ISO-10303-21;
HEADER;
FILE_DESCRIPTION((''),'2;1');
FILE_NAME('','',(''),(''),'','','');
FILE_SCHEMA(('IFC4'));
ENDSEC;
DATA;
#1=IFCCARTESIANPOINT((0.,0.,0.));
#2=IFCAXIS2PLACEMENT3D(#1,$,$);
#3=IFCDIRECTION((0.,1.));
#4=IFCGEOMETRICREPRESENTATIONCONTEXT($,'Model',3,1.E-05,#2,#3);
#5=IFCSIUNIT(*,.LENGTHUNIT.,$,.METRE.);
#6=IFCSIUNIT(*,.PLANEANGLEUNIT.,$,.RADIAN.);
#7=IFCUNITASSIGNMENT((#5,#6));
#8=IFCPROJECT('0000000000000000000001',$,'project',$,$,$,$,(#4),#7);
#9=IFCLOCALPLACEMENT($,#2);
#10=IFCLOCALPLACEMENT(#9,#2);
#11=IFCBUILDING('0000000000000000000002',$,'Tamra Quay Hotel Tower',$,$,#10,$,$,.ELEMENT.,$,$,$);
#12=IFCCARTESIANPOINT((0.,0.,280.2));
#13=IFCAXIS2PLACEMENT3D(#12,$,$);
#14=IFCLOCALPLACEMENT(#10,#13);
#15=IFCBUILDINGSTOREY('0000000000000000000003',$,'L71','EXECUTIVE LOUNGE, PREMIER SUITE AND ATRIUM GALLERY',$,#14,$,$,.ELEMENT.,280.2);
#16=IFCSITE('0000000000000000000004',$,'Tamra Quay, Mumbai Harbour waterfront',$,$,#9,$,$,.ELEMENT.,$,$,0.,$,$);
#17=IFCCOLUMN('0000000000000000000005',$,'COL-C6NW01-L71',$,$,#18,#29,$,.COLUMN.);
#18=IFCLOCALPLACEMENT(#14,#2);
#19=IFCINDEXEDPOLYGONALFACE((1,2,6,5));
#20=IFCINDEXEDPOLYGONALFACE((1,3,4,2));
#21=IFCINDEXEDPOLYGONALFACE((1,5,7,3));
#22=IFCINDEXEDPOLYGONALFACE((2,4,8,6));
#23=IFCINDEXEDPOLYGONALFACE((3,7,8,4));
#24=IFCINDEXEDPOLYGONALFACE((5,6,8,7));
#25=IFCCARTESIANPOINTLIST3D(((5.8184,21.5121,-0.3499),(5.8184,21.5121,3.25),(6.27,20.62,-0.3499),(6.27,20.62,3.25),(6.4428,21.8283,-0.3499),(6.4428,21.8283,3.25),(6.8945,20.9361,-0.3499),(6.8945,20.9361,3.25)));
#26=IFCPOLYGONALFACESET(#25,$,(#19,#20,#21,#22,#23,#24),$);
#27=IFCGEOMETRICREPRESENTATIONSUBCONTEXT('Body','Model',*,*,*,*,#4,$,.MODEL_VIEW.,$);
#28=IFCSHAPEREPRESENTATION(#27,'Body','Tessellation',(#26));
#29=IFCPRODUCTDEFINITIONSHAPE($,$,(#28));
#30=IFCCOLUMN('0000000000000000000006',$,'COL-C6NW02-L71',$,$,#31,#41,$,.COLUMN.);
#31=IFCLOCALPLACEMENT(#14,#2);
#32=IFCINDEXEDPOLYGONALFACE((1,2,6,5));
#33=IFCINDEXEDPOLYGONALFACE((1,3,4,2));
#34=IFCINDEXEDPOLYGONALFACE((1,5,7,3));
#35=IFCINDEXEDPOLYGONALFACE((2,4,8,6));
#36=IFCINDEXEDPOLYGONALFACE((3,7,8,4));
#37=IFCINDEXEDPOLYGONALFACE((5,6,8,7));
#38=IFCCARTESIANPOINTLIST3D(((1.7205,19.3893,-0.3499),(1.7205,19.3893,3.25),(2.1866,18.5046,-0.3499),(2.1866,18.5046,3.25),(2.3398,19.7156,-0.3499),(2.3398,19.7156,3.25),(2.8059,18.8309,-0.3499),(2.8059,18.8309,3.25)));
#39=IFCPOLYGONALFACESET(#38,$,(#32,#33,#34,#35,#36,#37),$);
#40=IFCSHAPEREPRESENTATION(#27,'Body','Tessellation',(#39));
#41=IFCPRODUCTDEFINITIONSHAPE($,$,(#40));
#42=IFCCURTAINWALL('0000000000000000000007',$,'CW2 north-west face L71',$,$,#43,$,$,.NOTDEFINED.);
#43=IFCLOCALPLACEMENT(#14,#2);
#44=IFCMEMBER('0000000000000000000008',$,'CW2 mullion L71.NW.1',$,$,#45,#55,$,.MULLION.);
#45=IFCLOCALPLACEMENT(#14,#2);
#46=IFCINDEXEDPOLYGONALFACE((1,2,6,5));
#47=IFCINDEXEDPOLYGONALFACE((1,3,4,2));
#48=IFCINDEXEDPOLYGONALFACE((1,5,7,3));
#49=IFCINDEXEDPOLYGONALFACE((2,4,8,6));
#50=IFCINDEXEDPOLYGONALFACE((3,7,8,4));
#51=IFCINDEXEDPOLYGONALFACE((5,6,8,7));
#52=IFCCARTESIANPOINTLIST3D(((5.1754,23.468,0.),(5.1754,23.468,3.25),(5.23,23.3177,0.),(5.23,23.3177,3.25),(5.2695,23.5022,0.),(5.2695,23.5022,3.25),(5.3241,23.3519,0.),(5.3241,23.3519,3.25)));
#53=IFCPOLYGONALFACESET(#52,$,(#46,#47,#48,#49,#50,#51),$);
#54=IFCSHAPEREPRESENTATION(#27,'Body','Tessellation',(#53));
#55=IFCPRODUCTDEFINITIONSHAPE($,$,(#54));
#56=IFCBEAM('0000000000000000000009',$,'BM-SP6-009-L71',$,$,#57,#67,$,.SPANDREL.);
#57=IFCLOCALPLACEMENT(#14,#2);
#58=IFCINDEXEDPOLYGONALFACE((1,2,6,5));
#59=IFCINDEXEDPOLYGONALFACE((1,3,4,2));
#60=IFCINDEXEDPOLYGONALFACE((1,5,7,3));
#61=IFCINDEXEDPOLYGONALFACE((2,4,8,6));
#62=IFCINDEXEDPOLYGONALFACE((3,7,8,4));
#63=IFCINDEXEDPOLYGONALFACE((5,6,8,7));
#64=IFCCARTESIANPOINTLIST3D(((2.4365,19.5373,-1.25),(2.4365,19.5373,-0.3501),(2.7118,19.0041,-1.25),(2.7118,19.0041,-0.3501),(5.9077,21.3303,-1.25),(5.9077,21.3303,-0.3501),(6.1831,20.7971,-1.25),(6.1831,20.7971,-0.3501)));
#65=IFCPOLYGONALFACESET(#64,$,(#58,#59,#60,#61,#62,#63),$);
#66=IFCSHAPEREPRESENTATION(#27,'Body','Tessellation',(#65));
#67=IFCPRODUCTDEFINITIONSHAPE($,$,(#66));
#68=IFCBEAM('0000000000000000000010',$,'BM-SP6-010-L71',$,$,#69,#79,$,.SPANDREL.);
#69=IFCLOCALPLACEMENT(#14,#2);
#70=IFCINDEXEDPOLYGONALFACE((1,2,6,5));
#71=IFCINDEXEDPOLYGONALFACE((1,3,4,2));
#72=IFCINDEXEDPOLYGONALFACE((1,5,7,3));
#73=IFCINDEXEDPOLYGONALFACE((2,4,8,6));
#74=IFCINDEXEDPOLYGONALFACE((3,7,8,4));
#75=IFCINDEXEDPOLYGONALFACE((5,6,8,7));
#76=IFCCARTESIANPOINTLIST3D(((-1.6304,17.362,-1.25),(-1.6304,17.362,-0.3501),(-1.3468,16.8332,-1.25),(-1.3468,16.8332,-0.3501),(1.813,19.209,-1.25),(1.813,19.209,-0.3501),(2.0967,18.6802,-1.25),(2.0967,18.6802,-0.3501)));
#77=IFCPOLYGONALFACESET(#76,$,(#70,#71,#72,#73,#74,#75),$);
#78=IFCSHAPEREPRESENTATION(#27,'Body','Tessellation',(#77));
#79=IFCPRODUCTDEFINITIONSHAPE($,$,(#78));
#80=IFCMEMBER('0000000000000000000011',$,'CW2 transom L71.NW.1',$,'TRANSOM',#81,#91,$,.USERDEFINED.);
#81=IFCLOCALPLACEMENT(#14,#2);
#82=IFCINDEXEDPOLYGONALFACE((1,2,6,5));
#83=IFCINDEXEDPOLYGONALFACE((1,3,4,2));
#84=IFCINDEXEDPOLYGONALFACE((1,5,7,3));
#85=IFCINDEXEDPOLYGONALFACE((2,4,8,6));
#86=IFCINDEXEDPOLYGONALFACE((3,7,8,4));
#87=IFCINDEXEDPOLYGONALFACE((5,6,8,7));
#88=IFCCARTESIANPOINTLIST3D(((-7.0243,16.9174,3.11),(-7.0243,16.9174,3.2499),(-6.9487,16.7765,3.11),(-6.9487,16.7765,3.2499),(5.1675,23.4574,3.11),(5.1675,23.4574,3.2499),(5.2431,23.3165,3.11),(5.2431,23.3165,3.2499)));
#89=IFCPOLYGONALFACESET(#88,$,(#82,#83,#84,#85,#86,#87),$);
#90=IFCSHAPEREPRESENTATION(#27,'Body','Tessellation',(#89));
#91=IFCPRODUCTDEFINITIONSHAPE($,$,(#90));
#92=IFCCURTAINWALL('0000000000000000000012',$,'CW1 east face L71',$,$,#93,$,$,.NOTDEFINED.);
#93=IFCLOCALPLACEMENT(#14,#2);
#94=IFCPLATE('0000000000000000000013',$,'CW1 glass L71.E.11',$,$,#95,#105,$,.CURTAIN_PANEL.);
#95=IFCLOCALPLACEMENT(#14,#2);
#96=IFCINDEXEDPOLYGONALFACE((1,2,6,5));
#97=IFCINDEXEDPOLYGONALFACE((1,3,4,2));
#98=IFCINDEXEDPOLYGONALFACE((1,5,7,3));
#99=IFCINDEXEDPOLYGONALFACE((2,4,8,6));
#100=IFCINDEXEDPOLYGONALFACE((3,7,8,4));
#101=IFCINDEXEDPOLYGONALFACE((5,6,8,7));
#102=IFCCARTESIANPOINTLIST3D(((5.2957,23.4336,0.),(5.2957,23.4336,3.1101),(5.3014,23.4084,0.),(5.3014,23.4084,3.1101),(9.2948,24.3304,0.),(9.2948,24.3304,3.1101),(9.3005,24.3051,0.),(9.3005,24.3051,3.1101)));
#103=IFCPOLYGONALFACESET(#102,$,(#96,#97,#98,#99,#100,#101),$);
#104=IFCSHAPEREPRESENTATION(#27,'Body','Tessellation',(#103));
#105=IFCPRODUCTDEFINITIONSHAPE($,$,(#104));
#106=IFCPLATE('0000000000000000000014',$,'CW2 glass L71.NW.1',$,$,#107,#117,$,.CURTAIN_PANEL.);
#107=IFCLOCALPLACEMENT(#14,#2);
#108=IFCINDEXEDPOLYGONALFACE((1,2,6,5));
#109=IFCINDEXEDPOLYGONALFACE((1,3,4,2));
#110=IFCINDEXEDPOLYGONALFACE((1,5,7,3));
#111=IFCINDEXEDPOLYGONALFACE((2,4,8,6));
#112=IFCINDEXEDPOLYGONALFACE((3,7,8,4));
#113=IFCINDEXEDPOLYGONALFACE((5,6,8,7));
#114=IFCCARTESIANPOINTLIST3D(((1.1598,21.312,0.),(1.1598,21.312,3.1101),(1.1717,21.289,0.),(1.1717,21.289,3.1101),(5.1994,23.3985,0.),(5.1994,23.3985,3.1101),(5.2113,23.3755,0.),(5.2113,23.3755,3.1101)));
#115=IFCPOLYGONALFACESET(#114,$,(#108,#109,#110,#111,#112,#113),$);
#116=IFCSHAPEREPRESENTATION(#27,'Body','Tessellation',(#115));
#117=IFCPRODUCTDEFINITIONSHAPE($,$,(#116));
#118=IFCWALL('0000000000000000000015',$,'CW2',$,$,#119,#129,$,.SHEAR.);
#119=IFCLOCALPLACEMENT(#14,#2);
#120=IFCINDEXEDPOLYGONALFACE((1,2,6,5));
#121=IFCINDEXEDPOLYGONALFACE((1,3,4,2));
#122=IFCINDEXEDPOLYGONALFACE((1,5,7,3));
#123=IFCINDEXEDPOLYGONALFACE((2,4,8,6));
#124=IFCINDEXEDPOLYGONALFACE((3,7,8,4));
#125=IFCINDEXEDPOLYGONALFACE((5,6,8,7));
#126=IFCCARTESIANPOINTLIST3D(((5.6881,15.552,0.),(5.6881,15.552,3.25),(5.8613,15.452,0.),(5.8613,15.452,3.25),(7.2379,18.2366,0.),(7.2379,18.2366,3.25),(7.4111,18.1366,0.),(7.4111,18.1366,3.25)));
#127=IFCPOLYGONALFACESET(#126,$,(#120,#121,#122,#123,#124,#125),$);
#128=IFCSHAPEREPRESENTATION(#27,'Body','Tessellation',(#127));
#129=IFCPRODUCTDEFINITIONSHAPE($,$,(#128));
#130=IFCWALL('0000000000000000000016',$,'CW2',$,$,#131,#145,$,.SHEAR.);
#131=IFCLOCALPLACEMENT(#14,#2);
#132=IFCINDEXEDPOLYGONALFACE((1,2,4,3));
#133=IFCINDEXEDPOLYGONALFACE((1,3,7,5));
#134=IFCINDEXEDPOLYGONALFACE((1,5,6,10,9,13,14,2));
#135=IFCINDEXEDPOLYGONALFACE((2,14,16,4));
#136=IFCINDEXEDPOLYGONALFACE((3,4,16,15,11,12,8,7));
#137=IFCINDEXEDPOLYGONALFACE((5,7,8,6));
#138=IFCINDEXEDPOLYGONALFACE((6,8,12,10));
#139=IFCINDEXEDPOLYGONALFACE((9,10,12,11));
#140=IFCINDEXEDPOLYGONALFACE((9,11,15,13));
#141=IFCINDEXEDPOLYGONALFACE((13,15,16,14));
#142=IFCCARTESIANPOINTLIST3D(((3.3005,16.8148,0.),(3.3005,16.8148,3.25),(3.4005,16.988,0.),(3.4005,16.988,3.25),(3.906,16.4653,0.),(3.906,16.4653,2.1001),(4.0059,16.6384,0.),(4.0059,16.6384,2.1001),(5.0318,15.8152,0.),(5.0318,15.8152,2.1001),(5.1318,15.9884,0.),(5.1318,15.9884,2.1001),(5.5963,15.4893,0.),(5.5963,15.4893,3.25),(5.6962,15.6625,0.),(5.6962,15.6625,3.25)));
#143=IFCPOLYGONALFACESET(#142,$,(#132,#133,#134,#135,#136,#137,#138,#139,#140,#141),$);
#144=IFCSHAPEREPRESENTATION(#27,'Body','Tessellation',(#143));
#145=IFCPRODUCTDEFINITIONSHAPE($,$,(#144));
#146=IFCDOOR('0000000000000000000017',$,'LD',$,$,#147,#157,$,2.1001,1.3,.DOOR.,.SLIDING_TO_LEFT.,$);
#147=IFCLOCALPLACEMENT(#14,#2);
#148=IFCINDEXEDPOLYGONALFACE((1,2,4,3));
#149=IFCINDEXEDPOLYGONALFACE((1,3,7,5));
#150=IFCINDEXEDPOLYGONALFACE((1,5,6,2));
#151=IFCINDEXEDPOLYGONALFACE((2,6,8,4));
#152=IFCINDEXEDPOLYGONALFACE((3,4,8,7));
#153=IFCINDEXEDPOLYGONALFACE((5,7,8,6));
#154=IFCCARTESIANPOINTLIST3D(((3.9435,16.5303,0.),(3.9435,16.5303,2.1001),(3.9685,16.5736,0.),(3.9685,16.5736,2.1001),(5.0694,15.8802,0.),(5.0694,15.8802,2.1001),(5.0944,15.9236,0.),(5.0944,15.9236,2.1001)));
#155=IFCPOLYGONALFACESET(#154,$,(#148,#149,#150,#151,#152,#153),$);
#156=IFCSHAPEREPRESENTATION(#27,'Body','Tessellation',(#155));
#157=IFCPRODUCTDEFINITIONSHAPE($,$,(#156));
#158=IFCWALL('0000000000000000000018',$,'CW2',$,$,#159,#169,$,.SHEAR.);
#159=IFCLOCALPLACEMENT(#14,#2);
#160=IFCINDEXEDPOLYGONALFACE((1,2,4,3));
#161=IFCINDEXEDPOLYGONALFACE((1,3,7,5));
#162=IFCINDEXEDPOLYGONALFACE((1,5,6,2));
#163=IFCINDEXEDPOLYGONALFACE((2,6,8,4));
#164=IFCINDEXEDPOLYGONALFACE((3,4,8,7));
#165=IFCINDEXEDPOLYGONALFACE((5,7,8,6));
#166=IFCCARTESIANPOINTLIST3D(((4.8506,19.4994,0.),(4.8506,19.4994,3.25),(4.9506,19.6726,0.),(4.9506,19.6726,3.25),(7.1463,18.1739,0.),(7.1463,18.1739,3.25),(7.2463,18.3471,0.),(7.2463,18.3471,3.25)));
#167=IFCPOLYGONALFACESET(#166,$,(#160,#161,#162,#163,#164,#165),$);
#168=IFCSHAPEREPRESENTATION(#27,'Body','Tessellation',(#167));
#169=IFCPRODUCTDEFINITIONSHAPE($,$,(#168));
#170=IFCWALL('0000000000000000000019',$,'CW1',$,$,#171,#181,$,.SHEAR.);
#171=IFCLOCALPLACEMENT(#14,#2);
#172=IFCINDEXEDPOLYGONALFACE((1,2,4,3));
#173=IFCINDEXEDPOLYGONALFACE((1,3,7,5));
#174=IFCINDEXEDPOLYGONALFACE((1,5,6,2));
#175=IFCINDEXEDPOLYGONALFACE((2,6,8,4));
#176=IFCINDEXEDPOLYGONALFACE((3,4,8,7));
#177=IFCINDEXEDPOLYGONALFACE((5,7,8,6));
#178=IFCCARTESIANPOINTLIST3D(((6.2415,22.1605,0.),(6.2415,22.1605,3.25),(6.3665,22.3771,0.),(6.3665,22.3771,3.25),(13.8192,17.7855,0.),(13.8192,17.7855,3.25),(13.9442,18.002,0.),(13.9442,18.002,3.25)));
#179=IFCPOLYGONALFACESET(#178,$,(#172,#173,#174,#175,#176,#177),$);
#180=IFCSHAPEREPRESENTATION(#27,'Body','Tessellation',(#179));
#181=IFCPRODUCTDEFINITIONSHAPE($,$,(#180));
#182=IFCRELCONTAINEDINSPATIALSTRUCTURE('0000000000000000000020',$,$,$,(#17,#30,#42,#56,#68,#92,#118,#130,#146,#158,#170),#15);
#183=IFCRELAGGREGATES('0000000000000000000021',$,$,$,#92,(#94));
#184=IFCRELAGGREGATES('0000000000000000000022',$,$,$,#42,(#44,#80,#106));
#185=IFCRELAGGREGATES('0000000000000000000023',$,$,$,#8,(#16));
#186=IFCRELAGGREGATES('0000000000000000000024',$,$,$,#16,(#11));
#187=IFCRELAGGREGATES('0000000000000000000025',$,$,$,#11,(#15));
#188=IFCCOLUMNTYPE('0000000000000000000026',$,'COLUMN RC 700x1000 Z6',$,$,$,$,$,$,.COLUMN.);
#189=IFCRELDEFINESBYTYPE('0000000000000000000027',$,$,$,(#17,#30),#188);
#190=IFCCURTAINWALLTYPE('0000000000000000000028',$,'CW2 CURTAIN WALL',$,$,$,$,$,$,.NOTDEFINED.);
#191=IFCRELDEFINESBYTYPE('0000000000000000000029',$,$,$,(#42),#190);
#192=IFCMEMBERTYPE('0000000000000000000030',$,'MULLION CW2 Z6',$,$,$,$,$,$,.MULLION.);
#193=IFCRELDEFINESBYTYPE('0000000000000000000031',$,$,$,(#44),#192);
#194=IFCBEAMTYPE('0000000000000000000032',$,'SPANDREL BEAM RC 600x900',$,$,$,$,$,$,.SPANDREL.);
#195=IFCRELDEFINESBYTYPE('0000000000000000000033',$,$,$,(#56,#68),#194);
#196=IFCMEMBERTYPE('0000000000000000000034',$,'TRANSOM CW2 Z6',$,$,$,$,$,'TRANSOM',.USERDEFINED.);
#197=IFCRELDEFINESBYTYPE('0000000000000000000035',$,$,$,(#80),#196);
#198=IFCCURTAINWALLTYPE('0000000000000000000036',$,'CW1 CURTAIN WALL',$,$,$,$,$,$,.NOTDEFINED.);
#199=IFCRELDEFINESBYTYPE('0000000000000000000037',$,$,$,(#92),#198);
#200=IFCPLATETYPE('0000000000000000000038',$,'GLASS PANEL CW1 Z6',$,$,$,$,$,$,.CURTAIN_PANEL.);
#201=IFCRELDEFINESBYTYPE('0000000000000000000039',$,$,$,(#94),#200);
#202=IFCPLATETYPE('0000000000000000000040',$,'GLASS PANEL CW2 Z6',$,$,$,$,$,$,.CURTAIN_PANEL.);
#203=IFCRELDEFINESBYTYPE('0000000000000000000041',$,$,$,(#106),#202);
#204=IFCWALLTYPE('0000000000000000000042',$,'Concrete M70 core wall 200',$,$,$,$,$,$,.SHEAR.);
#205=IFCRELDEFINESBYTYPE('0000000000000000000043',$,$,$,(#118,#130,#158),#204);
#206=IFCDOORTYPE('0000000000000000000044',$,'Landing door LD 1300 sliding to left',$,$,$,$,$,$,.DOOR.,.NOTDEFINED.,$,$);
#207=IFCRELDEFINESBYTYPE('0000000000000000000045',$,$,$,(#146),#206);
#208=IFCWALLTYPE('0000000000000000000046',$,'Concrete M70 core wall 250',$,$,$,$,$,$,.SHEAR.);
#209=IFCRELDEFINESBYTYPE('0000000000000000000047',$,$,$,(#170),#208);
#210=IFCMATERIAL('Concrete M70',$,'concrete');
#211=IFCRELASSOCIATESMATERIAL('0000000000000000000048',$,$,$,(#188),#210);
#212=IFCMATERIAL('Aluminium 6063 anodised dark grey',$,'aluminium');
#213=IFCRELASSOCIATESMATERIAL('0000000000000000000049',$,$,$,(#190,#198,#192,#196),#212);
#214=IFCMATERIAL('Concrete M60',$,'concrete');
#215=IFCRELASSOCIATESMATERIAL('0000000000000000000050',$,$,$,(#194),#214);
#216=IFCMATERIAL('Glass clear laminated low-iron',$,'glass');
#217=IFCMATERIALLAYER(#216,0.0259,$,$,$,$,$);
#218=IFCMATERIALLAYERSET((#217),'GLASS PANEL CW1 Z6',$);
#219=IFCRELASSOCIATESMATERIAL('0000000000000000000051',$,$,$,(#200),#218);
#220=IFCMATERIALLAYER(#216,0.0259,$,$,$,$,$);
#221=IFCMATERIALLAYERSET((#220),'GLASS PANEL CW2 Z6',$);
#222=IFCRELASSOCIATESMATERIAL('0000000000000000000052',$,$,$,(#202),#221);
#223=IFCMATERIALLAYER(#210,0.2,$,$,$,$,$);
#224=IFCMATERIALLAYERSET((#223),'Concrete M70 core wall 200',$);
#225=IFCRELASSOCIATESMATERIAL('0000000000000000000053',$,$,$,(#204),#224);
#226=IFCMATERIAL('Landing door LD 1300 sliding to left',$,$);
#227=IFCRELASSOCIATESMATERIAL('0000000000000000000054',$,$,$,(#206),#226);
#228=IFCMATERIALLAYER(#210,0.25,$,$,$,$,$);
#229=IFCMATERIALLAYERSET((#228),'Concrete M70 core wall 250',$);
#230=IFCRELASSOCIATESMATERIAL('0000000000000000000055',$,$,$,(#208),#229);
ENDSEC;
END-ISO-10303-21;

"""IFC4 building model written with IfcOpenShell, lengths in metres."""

from ifc_helpers import new_model, si_unit, direction, frame, frame_2d, origin, origin_2d, place, context, subcontext, project, spatial, rectangle, extrude, material, layer, layer_set, material_profile, profile_set, type_object, element, fill, aggregate, save


model = new_model("IFC4")

# Units and contexts
model_context = context("Model", 3, precision=1e-05, world=origin(), true_north=direction((0.0, 1.0)))
body_context = subcontext(model_context, "Body", "Model", "MODEL_VIEW")
ifc_project = project(units=[si_unit("LENGTHUNIT", "METRE"), si_unit("PLANEANGLEUNIT", "RADIAN")], contexts=[model_context])

# Site, building, storey
site_placement = place(None, origin())
site = spatial("IfcSite", under=ifc_project, at=site_placement, Name="Tamra Quay, Mumbai Harbour waterfront", CompositionType="ELEMENT", RefElevation=0.0)
building_placement = place(site_placement, origin())
building = spatial("IfcBuilding", under=site, at=building_placement, Name="Tamra Quay Hotel Tower", CompositionType="ELEMENT")
storey_placement = place(building_placement, frame((0.0, 0.0, 280.2)))
storey = spatial("IfcBuildingStorey", under=building, at=storey_placement, Name="L71", Description="EXECUTIVE LOUNGE, PREMIER SUITE AND ATRIUM GALLERY", CompositionType="ELEMENT", Elevation=280.2)

# Columns
ifc_material_1 = material(Name="Concrete M70", Category="concrete")
ifc_material_profile_1 = material_profile(ifc_material_1, rectangle(XDim=1.0, YDim=0.7, at=origin_2d()), Name="COLUMN RC 700x1000 Z6")
ifc_profile_set_1 = profile_set([ifc_material_profile_1], Name="Concrete M70")
column_type = type_object("IfcColumnType", Name="COLUMN RC 700x1000 Z6", PredefinedType="COLUMN", material=ifc_profile_set_1)
for number, where, z_axis, x_axis, name in (
    (1, (6.3564, 21.2241, -0.3499), (0.0, 0.0, 1.0), (-0.451686, 0.892177, 0.0), "COL-C6NW01-L71"),
    (2, (2.2632, 19.1101, -0.3499), (0.0, 0.0, 1.0), (-0.466118, 0.884723, 0.0), "COL-C6NW02-L71"),
):
    element("IfcColumn", number, at=place(storey_placement, frame(where, z_axis=z_axis, x_axis=x_axis)), inside=storey, type_object=column_type, Name=name, PredefinedType="COLUMN", context=body_context, shape_type="SweptSolid", body=[
        extrude(rectangle(XDim=1.0, YDim=0.7, at=origin_2d()), origin(), (0.0, 0.0, 1.0), 3.5999),
    ])

# Curtain wall, member
ifc_material_2 = material(Name="Aluminium 6063 anodised dark grey", Category="aluminium")
curtain_wall_type_1 = type_object("IfcCurtainWallType", Name="CW2 CURTAIN WALL", PredefinedType="NOTDEFINED", material=ifc_material_2)
curtain_wall_1_placement = place(storey_placement, origin())
curtain_wall_1 = element("IfcCurtainWall", 3, at=curtain_wall_1_placement, inside=storey, type_object=curtain_wall_type_1, Name="CW2 north-west face L71", PredefinedType="NOTDEFINED")
ifc_material_profile_2 = material_profile(ifc_material_2, rectangle(XDim=0.1599, YDim=0.1001, at=origin_2d()), Name="MULLION 100X160")
ifc_profile_set_2 = profile_set([ifc_material_profile_2], Name="Aluminium 6063 anodised dark grey")
member_type_1 = type_object("IfcMemberType", Name="MULLION CW2 Z6", PredefinedType="MULLION", material=ifc_profile_set_2)
member_1_placement = place(storey_placement, frame((5.2498, 23.4099, 0.0), z_axis=(0.0, 0.0, 1.0), x_axis=(-0.341653, 0.939826, 0.0)))
member_1 = element("IfcMember", 4, at=member_1_placement, type_object=member_type_1, Name="CW2 mullion L71.NW.1", PredefinedType="MULLION", context=body_context, shape_type="SweptSolid", body=[
    extrude(rectangle(XDim=0.1599, YDim=0.1001, at=origin_2d()), origin(), (0.0, 0.0, 1.0), 3.25),
])

# Beams
ifc_material_3 = material(Name="Concrete M60", Category="concrete")
ifc_material_profile_3 = material_profile(ifc_material_3, rectangle(XDim=0.6001, YDim=0.8999, at=origin_2d()), Name="SPANDREL BEAM RC 600x900")
ifc_profile_set_3 = profile_set([ifc_material_profile_3], Name="Concrete M60")
beam_type = type_object("IfcBeamType", Name="SPANDREL BEAM RC 600x900", PredefinedType="SPANDREL", material=ifc_profile_set_3)
beam_1_placement = place(storey_placement, frame((6.0454, 21.0637, -0.8), z_axis=(-0.888476, -0.458923, 0.0), x_axis=(0.458923, -0.888476, 0.0)))
element("IfcBeam", 5, at=beam_1_placement, inside=storey, type_object=beam_type, Name="BM-SP6-009-L71", PredefinedType="SPANDREL", context=body_context, shape_type="SweptSolid", body=[
    extrude(rectangle(XDim=0.6001, YDim=0.8999, at=origin_2d()), origin(), (0.0, 0.0, 1.0), 3.907),
])
beam_2_placement = place(storey_placement, frame((1.9548, 18.9446, -0.8), z_axis=(-0.881238, -0.472672, 0.0), x_axis=(0.472672, -0.881238, 0.0)))
element("IfcBeam", 6, at=beam_2_placement, inside=storey, type_object=beam_type, Name="BM-SP6-010-L71", PredefinedType="SPANDREL", context=body_context, shape_type="SweptSolid", body=[
    extrude(rectangle(XDim=0.6001, YDim=0.8999, at=origin_2d()), origin(), (0.0, 0.0, 1.0), 3.9075),
])

# Member
ifc_material_profile_4 = material_profile(ifc_material_2, rectangle(XDim=0.1599, YDim=0.1399, at=origin_2d()), Name="TRANSOM 160X140")
ifc_profile_set_4 = profile_set([ifc_material_profile_4], Name="Aluminium 6063 anodised dark grey")
member_type_2 = type_object("IfcMemberType", Name="TRANSOM CW2 Z6", ElementType="TRANSOM", PredefinedType="USERDEFINED", material=ifc_profile_set_4)
member_2_placement = place(storey_placement, frame((5.2053, 23.387, 3.1799), z_axis=(-0.881219, -0.472708, 0.0), x_axis=(0.472708, -0.881219, 0.0)))
member_2 = element("IfcMember", 7, at=member_2_placement, type_object=member_type_2, Name="CW2 transom L71.NW.1", ObjectType="TRANSOM", PredefinedType="USERDEFINED", context=body_context, shape_type="SweptSolid", body=[
    extrude(rectangle(XDim=0.1599, YDim=0.1399, at=origin_2d()), origin(), (0.0, 0.0, 1.0), 13.8352),
])

# Curtain wall, plate
curtain_wall_type_2 = type_object("IfcCurtainWallType", Name="CW1 CURTAIN WALL", PredefinedType="NOTDEFINED", material=ifc_material_2)
curtain_wall_2_placement = place(storey_placement, origin())
curtain_wall_2 = element("IfcCurtainWall", 8, at=curtain_wall_2_placement, inside=storey, type_object=curtain_wall_type_2, Name="CW1 east face L71", PredefinedType="NOTDEFINED")
ifc_material_4 = material(Name="Glass clear laminated low-iron", Category="glass")
ifc_layer_1 = layer(ifc_material_4, 0.0259)
ifc_layer_set_1 = layer_set([ifc_layer_1], Name="GLASS PANEL CW1 Z6")
plate_type_1 = type_object("IfcPlateType", Name="GLASS PANEL CW1 Z6", PredefinedType="CURTAIN_PANEL", material=ifc_layer_set_1)
plate_1_placement = place(storey_placement, frame((7.2981, 23.8694, 0.0), z_axis=(0.0, 0.0, 1.0), x_axis=(-0.975768, -0.218806, 0.0)))
plate_1 = element("IfcPlate", 9, at=plate_1_placement, type_object=plate_type_1, Name="CW1 glass L71.E.11", PredefinedType="CURTAIN_PANEL", context=body_context, shape_type="SweptSolid", body=[
    extrude(rectangle(XDim=4.0984, YDim=0.0259, at=origin_2d()), origin(), (0.0, 0.0, 1.0), 3.1101),
])
aggregate(curtain_wall_2, [plate_1])

# Plate
ifc_layer_2 = layer(ifc_material_4, 0.0259)
ifc_layer_set_2 = layer_set([ifc_layer_2], Name="GLASS PANEL CW2 Z6")
plate_type_2 = type_object("IfcPlateType", Name="GLASS PANEL CW2 Z6", PredefinedType="CURTAIN_PANEL", material=ifc_layer_set_2)
plate_2_placement = place(storey_placement, frame((3.1855, 22.3438, 0.0), z_axis=(0.0, 0.0, 1.0), x_axis=(-0.888486, -0.458903, 0.0)))
plate_2 = element("IfcPlate", 10, at=plate_2_placement, type_object=plate_type_2, Name="CW2 glass L71.NW.1", PredefinedType="CURTAIN_PANEL", context=body_context, shape_type="SweptSolid", body=[
    extrude(rectangle(XDim=4.5466, YDim=0.0259, at=origin_2d()), origin(), (0.0, 0.0, 1.0), 3.1101),
])
aggregate(curtain_wall_1, [member_1, member_2, plate_2])

# Wall
ifc_layer_3 = layer(ifc_material_1, 0.2)
ifc_layer_set_3 = layer_set([ifc_layer_3], Name="Concrete M70 core wall 200")
wall_type_1 = type_object("IfcWallType", Name="Concrete M70 core wall 200", PredefinedType="SHEAR", material=ifc_layer_set_3)
wall_1_placement = place(storey_placement, frame((7.3245, 18.1865, 0.0), z_axis=(0.0, 0.0, 1.0), x_axis=(-0.499968, -0.866044, 0.0)))
element("IfcWall", 11, at=wall_1_placement, inside=storey, type_object=wall_type_1, Name="CW2", PredefinedType="SHEAR", context=body_context, shape_type="SweptSolid", body=[
    extrude(rectangle(XDim=3.0999, YDim=0.2, at=frame_2d((1.5498, 0.0))), origin(), (0.0, 0.0, 1.0), 3.25),
])

# Wall, opening, door
wall_2_placement = place(storey_placement, frame((5.6462, 15.5759, 0.0), z_axis=(0.0, 0.0, 1.0), x_axis=(-0.866018, 0.500012, 0.0)))
wall_2 = element("IfcWall", 12, at=wall_2_placement, inside=storey, type_object=wall_type_1, Name="CW2", PredefinedType="SHEAR", context=body_context, shape_type="SweptSolid", body=[
    extrude(rectangle(XDim=2.6509, YDim=0.2, at=frame_2d((1.3254, 0.0))), origin(), (0.0, 0.0, 1.0), 3.25),
])
opening_1_placement = place(wall_2_placement, frame((0.6519, 0.0, 0.0)))
opening_1 = element("IfcOpeningElement", 13, at=opening_1_placement, cuts=wall_2, PredefinedType="OPENING", context=body_context, shape_type="SweptSolid", body=[
    extrude(rectangle(XDim=1.3, YDim=2.1001, at=frame_2d((0.6499, 1.05))), frame((0.0, 0.1099, 0.0), z_axis=(0.0, -1.0, 0.0), x_axis=(1.0, 0.0, 0.0)), (0.0, 0.0, 1.0), 0.22),
])
ifc_material_5 = material(Name="Landing door LD 1300 sliding to left")
door_type_1 = type_object("IfcDoorType", Name="Landing door LD 1300 sliding to left", OperationType="NOTDEFINED", PredefinedType="DOOR", material=ifc_material_5)
door_1_placement = place(opening_1_placement, origin())
door_1 = element("IfcDoor", 14, at=door_1_placement, inside=storey, type_object=door_type_1, Name="LD", OperationType="SLIDING_TO_LEFT", OverallHeight=2.1001, OverallWidth=1.3, PredefinedType="DOOR", context=body_context, shape_type="SweptSolid", body=[
    extrude(rectangle(XDim=1.3, YDim=2.1001, at=frame_2d((0.6499, 1.05))), frame((0.0, 0.0249, 0.0), z_axis=(0.0, -1.0, 0.0), x_axis=(1.0, 0.0, 0.0)), (0.0, 0.0, 1.0), 0.05),
])
fill(opening_1, door_1)

# Walls
wall_3_placement = place(storey_placement, frame((7.1963, 18.2605, 0.0), z_axis=(0.0, 0.0, 1.0), x_axis=(-0.866018, 0.500012, 0.0)))
element("IfcWall", 15, at=wall_3_placement, inside=storey, type_object=wall_type_1, Name="CW2", PredefinedType="SHEAR", context=body_context, shape_type="SweptSolid", body=[
    extrude(rectangle(XDim=2.6509, YDim=0.2, at=frame_2d((1.3254, 0.0))), origin(), (0.0, 0.0, 1.0), 3.25),
])
ifc_layer_4 = layer(ifc_material_1, 0.25)
ifc_layer_set_4 = layer_set([ifc_layer_4], Name="Concrete M70 core wall 250")
wall_type_2 = type_object("IfcWallType", Name="Concrete M70 core wall 250", PredefinedType="SHEAR", material=ifc_layer_set_4)
wall_4_placement = place(storey_placement, frame((6.304, 22.2688, 0.0), z_axis=(0.0, 0.0, 1.0), x_axis=(0.866023, -0.500004, 0.0)))
element("IfcWall", 16, at=wall_4_placement, inside=storey, type_object=wall_type_2, Name="CW1", PredefinedType="SHEAR", context=body_context, shape_type="SweptSolid", body=[
    extrude(rectangle(XDim=8.75, YDim=0.25, at=frame_2d((4.375, 0.0))), origin(), (0.0, 0.0, 1.0), 3.25),
])

save(model, "model.ifc")
